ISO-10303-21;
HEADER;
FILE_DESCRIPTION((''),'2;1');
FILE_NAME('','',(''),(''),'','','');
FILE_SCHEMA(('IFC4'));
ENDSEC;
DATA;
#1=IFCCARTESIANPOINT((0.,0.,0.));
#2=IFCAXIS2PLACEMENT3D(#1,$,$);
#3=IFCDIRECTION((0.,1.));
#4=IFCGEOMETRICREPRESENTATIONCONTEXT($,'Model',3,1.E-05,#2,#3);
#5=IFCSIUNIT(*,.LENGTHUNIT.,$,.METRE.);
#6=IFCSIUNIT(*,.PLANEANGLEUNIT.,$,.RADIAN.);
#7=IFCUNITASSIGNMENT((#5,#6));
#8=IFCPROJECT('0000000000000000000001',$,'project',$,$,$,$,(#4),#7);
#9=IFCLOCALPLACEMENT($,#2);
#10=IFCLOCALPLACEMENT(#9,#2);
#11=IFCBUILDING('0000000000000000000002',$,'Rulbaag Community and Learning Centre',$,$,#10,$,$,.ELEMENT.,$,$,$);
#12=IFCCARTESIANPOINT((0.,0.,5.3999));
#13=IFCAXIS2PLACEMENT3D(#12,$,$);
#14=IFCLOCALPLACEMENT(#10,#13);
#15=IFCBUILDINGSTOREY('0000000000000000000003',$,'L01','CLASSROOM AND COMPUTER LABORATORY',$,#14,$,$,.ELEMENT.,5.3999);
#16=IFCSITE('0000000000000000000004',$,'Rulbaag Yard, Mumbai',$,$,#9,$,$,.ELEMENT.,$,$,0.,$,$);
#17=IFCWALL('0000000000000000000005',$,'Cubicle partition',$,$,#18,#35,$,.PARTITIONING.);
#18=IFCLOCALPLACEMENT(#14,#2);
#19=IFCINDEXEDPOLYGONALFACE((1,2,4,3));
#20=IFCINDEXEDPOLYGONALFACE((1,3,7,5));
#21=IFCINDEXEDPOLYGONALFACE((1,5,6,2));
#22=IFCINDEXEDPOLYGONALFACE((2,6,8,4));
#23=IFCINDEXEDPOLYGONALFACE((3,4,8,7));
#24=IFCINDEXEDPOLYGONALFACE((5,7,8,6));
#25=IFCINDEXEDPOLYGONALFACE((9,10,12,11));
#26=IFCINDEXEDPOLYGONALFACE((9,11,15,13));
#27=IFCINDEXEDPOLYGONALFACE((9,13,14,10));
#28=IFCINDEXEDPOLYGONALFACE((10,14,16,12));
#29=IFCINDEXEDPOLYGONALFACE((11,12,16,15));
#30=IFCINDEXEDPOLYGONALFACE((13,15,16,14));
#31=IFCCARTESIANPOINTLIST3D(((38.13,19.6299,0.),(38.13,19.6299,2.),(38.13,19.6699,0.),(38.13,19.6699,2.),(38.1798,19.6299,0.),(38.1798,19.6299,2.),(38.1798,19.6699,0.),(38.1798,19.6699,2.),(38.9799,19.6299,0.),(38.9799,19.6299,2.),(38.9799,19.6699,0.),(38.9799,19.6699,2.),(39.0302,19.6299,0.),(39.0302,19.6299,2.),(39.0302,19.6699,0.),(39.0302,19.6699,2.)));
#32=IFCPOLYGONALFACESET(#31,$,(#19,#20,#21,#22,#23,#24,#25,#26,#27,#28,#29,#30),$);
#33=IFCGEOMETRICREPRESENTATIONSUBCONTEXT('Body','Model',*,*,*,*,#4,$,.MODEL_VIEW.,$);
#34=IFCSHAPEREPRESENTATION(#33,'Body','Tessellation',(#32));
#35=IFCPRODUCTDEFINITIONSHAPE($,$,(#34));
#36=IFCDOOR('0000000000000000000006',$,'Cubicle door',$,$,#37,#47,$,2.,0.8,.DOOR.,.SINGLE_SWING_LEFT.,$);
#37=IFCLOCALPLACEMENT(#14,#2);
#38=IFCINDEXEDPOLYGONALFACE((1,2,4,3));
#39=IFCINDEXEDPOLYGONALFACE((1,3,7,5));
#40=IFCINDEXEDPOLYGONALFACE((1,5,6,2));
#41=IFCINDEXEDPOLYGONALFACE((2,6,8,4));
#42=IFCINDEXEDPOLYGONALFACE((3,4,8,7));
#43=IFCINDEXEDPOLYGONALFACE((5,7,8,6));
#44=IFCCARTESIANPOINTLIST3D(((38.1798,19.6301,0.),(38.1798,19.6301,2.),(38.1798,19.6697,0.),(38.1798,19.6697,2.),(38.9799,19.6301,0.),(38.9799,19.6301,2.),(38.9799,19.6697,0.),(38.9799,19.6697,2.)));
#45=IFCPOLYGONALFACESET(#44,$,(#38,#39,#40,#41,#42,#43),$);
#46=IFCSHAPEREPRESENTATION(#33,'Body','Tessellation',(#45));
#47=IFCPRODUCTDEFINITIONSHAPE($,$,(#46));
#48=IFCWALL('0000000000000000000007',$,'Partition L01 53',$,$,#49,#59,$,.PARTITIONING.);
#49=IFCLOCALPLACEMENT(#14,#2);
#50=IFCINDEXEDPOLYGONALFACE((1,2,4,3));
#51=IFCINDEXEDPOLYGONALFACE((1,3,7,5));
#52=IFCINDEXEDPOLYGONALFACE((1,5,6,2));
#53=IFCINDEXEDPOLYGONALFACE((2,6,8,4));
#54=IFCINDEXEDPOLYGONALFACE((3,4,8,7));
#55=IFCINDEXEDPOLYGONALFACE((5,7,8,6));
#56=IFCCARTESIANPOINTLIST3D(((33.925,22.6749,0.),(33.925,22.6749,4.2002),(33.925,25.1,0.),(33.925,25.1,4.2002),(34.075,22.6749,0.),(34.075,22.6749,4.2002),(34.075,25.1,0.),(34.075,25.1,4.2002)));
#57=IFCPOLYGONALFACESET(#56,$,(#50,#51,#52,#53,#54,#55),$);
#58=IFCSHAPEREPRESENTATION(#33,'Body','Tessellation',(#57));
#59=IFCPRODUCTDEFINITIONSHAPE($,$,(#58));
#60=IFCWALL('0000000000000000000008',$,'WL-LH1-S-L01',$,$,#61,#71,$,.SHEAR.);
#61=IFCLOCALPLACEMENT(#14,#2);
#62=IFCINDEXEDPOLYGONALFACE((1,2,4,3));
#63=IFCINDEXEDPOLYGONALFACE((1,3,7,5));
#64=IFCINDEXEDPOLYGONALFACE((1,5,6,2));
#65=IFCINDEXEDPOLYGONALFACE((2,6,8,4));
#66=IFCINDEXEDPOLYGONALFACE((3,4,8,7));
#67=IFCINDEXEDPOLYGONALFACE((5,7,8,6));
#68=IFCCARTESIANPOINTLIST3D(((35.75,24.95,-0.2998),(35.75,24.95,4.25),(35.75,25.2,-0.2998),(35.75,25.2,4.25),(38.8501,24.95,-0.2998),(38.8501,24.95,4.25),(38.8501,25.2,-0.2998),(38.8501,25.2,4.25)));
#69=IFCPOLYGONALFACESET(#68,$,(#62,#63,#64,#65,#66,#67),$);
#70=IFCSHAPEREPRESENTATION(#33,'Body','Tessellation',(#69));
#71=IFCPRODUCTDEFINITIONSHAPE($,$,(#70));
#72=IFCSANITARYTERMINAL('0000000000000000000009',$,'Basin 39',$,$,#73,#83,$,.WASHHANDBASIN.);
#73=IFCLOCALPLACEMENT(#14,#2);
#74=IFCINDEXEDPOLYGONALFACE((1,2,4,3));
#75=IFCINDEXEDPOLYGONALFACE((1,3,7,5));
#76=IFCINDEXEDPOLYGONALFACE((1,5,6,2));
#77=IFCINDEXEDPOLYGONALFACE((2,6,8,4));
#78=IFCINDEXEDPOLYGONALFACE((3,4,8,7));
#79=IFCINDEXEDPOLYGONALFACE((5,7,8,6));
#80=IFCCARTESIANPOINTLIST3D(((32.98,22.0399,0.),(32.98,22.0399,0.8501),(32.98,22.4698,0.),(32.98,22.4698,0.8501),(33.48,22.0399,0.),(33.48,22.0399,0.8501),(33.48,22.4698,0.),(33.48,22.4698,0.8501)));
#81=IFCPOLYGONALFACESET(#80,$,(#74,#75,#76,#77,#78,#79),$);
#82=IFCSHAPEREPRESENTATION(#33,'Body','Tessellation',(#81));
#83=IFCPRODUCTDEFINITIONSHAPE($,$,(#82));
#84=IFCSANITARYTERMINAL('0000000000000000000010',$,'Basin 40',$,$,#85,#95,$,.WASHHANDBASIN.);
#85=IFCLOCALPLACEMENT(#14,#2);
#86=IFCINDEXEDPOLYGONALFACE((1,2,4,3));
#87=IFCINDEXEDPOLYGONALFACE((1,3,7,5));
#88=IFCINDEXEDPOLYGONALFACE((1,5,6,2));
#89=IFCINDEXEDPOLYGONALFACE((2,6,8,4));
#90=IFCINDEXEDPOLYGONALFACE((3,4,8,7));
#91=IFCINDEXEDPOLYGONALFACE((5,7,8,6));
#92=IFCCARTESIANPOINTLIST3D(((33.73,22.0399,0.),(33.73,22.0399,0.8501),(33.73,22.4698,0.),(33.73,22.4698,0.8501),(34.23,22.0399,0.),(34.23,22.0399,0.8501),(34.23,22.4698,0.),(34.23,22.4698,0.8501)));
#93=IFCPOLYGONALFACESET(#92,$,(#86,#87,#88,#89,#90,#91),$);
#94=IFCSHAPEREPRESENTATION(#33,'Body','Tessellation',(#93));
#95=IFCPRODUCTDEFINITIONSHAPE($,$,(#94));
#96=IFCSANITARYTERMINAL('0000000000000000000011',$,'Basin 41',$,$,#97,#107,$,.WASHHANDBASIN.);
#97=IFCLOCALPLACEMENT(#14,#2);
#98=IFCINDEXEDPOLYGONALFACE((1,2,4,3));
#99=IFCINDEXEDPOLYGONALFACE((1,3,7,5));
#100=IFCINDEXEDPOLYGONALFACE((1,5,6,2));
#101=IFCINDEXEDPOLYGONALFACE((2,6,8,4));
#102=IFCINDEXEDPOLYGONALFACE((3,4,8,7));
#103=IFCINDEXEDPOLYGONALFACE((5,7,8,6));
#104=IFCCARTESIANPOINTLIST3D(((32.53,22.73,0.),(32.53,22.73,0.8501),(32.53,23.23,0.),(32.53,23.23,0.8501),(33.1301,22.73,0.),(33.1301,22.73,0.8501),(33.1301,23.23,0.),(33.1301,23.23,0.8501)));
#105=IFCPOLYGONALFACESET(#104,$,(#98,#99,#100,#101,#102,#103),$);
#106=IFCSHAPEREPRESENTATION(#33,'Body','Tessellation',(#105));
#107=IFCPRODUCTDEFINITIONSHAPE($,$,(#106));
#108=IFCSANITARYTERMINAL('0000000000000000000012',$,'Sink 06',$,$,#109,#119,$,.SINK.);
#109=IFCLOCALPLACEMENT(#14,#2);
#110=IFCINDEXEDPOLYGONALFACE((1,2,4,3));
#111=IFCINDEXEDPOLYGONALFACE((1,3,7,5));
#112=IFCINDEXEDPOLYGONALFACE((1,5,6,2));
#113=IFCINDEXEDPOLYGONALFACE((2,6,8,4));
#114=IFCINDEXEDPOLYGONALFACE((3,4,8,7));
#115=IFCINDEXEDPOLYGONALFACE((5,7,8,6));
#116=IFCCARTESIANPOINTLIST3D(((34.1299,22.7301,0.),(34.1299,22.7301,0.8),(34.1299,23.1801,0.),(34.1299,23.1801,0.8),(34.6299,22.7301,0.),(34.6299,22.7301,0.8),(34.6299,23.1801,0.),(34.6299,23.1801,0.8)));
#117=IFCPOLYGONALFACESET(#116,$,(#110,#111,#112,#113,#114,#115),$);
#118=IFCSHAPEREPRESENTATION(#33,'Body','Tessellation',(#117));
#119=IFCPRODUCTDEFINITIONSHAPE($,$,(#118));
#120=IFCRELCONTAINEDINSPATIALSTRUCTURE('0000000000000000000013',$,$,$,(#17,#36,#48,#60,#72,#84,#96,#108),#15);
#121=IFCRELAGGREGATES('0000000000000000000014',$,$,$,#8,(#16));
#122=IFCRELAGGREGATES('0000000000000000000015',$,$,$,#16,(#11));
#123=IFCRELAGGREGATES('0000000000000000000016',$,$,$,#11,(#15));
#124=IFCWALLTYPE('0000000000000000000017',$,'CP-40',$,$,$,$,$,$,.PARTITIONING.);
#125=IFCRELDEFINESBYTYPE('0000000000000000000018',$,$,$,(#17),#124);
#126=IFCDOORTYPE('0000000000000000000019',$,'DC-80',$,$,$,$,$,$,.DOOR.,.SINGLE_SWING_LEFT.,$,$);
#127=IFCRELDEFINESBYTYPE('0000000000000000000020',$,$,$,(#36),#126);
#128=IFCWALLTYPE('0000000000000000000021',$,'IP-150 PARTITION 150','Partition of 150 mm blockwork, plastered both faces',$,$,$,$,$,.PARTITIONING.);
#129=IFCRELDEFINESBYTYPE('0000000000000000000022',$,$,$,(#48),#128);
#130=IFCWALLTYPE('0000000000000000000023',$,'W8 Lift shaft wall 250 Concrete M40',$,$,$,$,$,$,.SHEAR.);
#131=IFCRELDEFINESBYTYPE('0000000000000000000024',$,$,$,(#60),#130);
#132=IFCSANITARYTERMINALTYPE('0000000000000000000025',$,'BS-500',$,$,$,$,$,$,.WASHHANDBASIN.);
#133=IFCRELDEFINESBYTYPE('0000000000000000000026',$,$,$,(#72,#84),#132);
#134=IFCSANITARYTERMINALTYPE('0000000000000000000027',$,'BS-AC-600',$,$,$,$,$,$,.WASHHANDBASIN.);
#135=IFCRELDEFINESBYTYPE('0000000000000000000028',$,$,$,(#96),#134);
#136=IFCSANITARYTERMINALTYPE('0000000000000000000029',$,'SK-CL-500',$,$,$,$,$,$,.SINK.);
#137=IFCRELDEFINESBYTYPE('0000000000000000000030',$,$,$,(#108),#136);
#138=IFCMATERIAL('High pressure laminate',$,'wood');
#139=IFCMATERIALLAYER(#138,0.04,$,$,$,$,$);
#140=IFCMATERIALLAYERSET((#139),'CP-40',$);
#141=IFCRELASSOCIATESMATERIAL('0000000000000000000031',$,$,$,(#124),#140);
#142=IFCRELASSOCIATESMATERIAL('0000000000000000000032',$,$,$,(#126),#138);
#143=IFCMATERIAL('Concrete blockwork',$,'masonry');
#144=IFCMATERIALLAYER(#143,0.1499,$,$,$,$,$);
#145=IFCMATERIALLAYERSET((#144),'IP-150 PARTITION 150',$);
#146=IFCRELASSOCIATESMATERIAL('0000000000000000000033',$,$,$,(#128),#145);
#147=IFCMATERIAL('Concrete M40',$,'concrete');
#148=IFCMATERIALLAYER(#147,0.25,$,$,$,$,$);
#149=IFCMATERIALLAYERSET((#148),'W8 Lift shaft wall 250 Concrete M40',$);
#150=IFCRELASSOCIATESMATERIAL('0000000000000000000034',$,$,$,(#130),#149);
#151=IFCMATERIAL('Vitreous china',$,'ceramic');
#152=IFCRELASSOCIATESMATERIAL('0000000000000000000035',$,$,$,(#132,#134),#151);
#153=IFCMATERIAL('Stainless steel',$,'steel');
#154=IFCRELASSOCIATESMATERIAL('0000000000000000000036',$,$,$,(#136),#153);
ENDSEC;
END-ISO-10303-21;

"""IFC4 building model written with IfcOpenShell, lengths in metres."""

from ifc_helpers import new_model, si_unit, direction, frame, frame_2d, origin, origin_2d, place, context, subcontext, project, spatial, rectangle, extrude, material, layer, layer_set, type_object, element, fill, save


model = new_model("IFC4")

# Units and contexts
model_context = context("Model", 3, precision=1e-05, world=origin(), true_north=direction((0.0, 1.0)))
body_context = subcontext(model_context, "Body", "Model", "MODEL_VIEW")
ifc_project = project(units=[si_unit("LENGTHUNIT", "METRE"), si_unit("PLANEANGLEUNIT", "RADIAN")], contexts=[model_context])

# Site, building, storey
site_placement = place(None, origin())
site = spatial("IfcSite", under=ifc_project, at=site_placement, Name="Rulbaag Yard, Mumbai", CompositionType="ELEMENT", RefElevation=0.0)
building_placement = place(site_placement, origin())
building = spatial("IfcBuilding", under=site, at=building_placement, Name="Rulbaag Community and Learning Centre", CompositionType="ELEMENT")
storey_placement = place(building_placement, frame((0.0, 0.0, 5.3999)))
storey = spatial("IfcBuildingStorey", under=building, at=storey_placement, Name="L01", Description="CLASSROOM AND COMPUTER LABORATORY", CompositionType="ELEMENT", Elevation=5.3999)

# Wall, opening, door
ifc_material_1 = material(Name="High pressure laminate", Category="wood")
ifc_layer_1 = layer(ifc_material_1, 0.04)
ifc_layer_set_1 = layer_set([ifc_layer_1], Name="CP-40")
wall_type_1 = type_object("IfcWallType", Name="CP-40", PredefinedType="PARTITIONING", material=ifc_layer_set_1)
door_type = type_object("IfcDoorType", Name="DC-80", OperationType="SINGLE_SWING_LEFT", PredefinedType="DOOR", material=ifc_material_1)
wall_1_placement = place(storey_placement, frame((38.1299, 19.6499, 0.0), z_axis=(0.0, 0.0, 1.0), x_axis=(1.0, 0.0, 0.0)))
wall_1 = element("IfcWall", 1, at=wall_1_placement, inside=storey, type_object=wall_type_1, Name="Cubicle partition", PredefinedType="PARTITIONING", context=body_context, shape_type="SweptSolid", body=[
    extrude(rectangle(XDim=0.9001, YDim=0.04, at=frame_2d((0.4502, 0.0))), origin(), (0.0, 0.0, 1.0), 2.0),
])
opening_1_placement = place(wall_1_placement, frame((0.05, 0.0, 0.0)))
opening_1 = element("IfcOpeningElement", 2, at=opening_1_placement, cuts=wall_1, PredefinedType="OPENING", context=body_context, shape_type="SweptSolid", body=[
    extrude(rectangle(XDim=0.8, YDim=2.0, at=frame_2d((0.3999, 1.0))), frame((0.0, 0.03, 0.0), z_axis=(0.0, -1.0, 0.0), x_axis=(1.0, 0.0, 0.0)), (0.0, 0.0, 1.0), 0.0601),
])
door_1_placement = place(opening_1_placement, origin())
door_1 = element("IfcDoor", 3, at=door_1_placement, inside=storey, type_object=door_type, Name="Cubicle door", OperationType="SINGLE_SWING_LEFT", OverallHeight=2.0, OverallWidth=0.8, PredefinedType="DOOR", context=body_context, shape_type="SweptSolid", body=[
    extrude(rectangle(XDim=0.8, YDim=2.0, at=frame_2d((0.3999, 1.0))), frame((0.0, 0.0198, 0.0), z_axis=(0.0, -1.0, 0.0), x_axis=(1.0, 0.0, 0.0)), (0.0, 0.0, 1.0), 0.0396),
])
fill(opening_1, door_1)

# Walls
ifc_material_2 = material(Name="Concrete blockwork", Category="masonry")
ifc_layer_2 = layer(ifc_material_2, 0.1499)
ifc_layer_set_2 = layer_set([ifc_layer_2], Name="IP-150 PARTITION 150")
wall_type_2 = type_object("IfcWallType", Name="IP-150 PARTITION 150", Description="Partition of 150 mm blockwork, plastered both faces", PredefinedType="PARTITIONING", material=ifc_layer_set_2)
wall_2_placement = place(storey_placement, frame((34.0, 22.675, 0.0), z_axis=(0.0, 0.0, 1.0), x_axis=(0.0, 1.0, 0.0)))
element("IfcWall", 4, at=wall_2_placement, inside=storey, type_object=wall_type_2, Name="Partition L01 53", PredefinedType="PARTITIONING", context=body_context, shape_type="SweptSolid", body=[
    extrude(rectangle(XDim=2.425, YDim=0.1499, at=frame_2d((1.2124, 0.0))), origin(), (0.0, 0.0, 1.0), 4.2002),
])
ifc_material_3 = material(Name="Concrete M40", Category="concrete")
ifc_layer_3 = layer(ifc_material_3, 0.25)
ifc_layer_set_3 = layer_set([ifc_layer_3], Name="W8 Lift shaft wall 250 Concrete M40")
wall_type_3 = type_object("IfcWallType", Name="W8 Lift shaft wall 250 Concrete M40", PredefinedType="SHEAR", material=ifc_layer_set_3)
wall_3_placement = place(storey_placement, frame((35.75, 25.075, -0.2998), z_axis=(0.0, 0.0, 1.0), x_axis=(1.0, 0.0, 0.0)))
element("IfcWall", 5, at=wall_3_placement, inside=storey, type_object=wall_type_3, Name="WL-LH1-S-L01", PredefinedType="SHEAR", context=body_context, shape_type="SweptSolid", body=[
    extrude(rectangle(XDim=3.1001, YDim=0.25, at=frame_2d((1.55, 0.0))), origin(), (0.0, 0.0, 1.0), 4.5498),
])

# Sanitary terminals
ifc_material_4 = material(Name="Vitreous china", Category="ceramic")
sanitary_terminal_type_1 = type_object("IfcSanitaryTerminalType", Name="BS-500", PredefinedType="WASHHANDBASIN", material=ifc_material_4)
for number, where, z_axis, x_axis, name in (
    (6, (33.23, 22.2549, 0.0), (0.0, 0.0, 1.0), (1.0, 0.0, 0.0), "Basin 39"),
    (7, (33.98, 22.2549, 0.0), (0.0, 0.0, 1.0), (1.0, 0.0, 0.0), "Basin 40"),
):
    element("IfcSanitaryTerminal", number, at=place(storey_placement, frame(where, z_axis=z_axis, x_axis=x_axis)), inside=storey, type_object=sanitary_terminal_type_1, Name=name, PredefinedType="WASHHANDBASIN", context=body_context, shape_type="SweptSolid", body=[
        extrude(rectangle(XDim=0.5, YDim=0.4299, at=origin_2d()), origin(), (0.0, 0.0, 1.0), 0.8501),
    ])
sanitary_terminal_type_2 = type_object("IfcSanitaryTerminalType", Name="BS-AC-600", PredefinedType="WASHHANDBASIN", material=ifc_material_4)
sanitary_terminal_1_placement = place(storey_placement, frame((32.8301, 22.98, 0.0), z_axis=(0.0, 0.0, 1.0), x_axis=(1.0, 0.0, 0.0)))
element("IfcSanitaryTerminal", 8, at=sanitary_terminal_1_placement, inside=storey, type_object=sanitary_terminal_type_2, Name="Basin 41", PredefinedType="WASHHANDBASIN", context=body_context, shape_type="SweptSolid", body=[
    extrude(rectangle(XDim=0.6001, YDim=0.5, at=origin_2d()), origin(), (0.0, 0.0, 1.0), 0.8501),
])
ifc_material_5 = material(Name="Stainless steel", Category="steel")
sanitary_terminal_type_3 = type_object("IfcSanitaryTerminalType", Name="SK-CL-500", PredefinedType="SINK", material=ifc_material_5)
sanitary_terminal_2_placement = place(storey_placement, frame((34.3799, 22.9551, 0.0), z_axis=(0.0, 0.0, 1.0), x_axis=(1.0, 0.0, 0.0)))
element("IfcSanitaryTerminal", 9, at=sanitary_terminal_2_placement, inside=storey, type_object=sanitary_terminal_type_3, Name="Sink 06", PredefinedType="SINK", context=body_context, shape_type="SweptSolid", body=[
    extrude(rectangle(XDim=0.5, YDim=0.45, at=origin_2d()), origin(), (0.0, 0.0, 1.0), 0.8),
])

save(model, "model.ifc")
